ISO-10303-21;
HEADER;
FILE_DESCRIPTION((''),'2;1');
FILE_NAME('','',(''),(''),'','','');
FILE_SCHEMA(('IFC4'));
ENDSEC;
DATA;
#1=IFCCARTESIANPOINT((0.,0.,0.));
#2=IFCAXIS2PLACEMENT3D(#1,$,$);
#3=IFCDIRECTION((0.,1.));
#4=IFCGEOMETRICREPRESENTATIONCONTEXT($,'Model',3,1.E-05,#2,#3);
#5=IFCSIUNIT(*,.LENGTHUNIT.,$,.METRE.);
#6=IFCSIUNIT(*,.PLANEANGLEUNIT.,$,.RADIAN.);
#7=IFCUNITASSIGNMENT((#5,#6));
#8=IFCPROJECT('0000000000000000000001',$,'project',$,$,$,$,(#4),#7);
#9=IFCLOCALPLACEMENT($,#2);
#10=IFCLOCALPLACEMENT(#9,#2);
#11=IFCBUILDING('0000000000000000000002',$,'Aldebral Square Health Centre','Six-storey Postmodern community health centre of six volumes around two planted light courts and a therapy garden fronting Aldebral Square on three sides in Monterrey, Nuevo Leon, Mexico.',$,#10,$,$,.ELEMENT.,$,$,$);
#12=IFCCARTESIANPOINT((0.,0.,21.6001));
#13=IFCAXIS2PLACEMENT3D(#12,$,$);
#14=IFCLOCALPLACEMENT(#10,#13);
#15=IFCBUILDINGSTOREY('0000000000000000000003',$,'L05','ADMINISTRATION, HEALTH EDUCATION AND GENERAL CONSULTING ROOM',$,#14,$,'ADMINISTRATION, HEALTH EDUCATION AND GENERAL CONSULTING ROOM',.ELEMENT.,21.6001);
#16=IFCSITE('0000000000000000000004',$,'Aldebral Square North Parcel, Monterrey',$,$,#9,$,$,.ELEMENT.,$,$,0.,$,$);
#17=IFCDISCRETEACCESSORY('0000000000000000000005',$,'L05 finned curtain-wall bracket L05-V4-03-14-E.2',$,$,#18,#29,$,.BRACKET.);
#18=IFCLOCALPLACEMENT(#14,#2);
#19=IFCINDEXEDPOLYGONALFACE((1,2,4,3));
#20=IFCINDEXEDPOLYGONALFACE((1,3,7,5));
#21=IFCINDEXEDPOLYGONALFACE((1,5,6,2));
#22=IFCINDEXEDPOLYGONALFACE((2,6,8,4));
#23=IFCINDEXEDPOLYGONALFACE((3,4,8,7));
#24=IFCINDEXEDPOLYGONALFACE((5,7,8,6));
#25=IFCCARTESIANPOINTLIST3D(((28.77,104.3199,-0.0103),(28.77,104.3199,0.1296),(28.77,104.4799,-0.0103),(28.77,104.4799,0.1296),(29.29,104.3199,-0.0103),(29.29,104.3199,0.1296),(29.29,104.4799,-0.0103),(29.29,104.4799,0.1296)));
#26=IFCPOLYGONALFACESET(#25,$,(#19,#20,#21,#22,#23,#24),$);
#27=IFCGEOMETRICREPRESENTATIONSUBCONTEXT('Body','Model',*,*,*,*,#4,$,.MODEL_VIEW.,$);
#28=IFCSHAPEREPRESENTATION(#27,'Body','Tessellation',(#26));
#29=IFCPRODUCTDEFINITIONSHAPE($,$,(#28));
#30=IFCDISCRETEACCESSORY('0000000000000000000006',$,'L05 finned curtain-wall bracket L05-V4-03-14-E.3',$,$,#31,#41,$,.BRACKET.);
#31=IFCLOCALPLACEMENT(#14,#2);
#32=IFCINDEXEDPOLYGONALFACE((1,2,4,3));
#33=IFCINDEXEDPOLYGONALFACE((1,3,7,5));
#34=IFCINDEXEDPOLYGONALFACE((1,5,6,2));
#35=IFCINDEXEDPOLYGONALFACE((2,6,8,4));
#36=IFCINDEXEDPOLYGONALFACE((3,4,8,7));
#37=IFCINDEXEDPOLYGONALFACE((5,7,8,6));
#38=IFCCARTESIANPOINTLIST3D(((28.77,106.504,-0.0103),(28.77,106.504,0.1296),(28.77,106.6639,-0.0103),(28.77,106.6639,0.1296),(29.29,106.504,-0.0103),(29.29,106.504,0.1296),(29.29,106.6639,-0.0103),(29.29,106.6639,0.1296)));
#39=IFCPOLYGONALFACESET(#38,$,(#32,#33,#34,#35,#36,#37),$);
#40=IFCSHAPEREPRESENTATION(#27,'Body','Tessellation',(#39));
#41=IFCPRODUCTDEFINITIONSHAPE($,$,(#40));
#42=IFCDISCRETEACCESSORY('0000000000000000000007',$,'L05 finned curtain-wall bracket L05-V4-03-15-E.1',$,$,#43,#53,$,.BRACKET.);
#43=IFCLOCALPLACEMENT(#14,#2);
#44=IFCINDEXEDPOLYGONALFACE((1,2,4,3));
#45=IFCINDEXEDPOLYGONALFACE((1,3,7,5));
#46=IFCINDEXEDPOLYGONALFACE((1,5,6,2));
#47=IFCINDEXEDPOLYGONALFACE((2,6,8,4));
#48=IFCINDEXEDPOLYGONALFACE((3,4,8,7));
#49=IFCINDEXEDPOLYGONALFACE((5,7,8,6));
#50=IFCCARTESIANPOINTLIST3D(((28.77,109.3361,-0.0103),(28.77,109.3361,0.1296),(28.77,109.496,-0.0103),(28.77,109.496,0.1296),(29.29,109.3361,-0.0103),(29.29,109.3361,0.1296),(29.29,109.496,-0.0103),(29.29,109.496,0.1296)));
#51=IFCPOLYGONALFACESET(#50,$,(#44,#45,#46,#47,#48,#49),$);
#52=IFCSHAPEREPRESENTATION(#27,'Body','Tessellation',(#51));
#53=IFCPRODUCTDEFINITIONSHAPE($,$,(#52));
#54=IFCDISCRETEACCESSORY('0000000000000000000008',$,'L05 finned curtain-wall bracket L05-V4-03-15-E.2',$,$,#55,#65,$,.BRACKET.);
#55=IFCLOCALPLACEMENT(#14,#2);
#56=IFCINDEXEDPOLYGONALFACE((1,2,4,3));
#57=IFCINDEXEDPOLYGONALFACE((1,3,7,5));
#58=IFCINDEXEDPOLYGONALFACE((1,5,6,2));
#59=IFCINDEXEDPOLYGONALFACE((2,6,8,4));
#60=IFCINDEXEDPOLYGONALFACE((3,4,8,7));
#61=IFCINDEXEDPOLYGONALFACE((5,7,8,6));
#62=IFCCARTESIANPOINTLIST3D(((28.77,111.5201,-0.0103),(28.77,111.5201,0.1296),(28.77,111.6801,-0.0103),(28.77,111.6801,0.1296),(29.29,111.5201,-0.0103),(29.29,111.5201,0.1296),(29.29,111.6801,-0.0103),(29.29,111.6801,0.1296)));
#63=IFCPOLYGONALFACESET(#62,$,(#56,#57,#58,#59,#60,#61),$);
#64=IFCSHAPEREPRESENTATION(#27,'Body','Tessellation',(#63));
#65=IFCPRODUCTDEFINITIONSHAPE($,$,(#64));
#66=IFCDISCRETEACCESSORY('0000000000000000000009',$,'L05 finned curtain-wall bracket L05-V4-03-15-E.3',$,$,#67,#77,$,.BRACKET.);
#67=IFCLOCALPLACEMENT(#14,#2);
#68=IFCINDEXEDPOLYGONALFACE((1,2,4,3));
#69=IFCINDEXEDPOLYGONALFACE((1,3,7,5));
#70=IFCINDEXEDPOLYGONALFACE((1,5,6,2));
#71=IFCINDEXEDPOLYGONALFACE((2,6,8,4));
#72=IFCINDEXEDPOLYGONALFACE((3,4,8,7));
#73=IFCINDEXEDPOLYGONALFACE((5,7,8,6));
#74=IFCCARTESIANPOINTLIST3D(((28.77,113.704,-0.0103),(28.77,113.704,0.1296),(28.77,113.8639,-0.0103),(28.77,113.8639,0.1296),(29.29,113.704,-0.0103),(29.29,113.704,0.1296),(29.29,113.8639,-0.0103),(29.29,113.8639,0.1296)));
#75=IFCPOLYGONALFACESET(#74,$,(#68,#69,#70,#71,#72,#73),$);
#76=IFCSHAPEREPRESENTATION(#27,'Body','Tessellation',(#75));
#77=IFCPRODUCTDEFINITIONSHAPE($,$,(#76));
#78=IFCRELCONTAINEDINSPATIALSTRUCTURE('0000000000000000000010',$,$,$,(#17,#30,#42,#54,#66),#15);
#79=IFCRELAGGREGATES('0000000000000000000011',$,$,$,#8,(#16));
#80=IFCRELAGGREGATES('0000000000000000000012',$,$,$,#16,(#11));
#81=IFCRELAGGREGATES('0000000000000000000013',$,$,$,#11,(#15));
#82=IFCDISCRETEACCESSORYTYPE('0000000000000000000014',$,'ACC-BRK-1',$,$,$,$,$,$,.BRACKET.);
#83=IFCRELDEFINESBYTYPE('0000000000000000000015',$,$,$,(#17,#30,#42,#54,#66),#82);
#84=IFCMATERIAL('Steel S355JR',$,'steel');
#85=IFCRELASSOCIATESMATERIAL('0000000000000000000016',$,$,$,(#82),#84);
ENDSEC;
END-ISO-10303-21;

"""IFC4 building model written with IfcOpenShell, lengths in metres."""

from ifc_helpers import new_model, si_unit, direction, frame, origin, origin_2d, place, context, subcontext, project, spatial, rectangle, extrude, material, type_object, element, save


model = new_model("IFC4")

# Units and contexts
model_context = context("Model", 3, precision=1e-05, world=origin(), true_north=direction((0.0, 1.0)))
body_context = subcontext(model_context, "Body", "Model", "MODEL_VIEW")
ifc_project = project(units=[si_unit("LENGTHUNIT", "METRE"), si_unit("PLANEANGLEUNIT", "RADIAN")], contexts=[model_context])

# Site, building, storey
site_placement = place(None, origin())
site = spatial("IfcSite", under=ifc_project, at=site_placement, Name="Aldebral Square North Parcel, Monterrey", CompositionType="ELEMENT", RefElevation=0.0)
building_placement = place(site_placement, origin())
building = spatial("IfcBuilding", under=site, at=building_placement, Name="Aldebral Square Health Centre", Description="Six-storey Postmodern community health centre of six volumes around two planted light courts and a therapy garden fronting Aldebral Square on three sides in Monterrey, Nuevo Leon, Mexico.", CompositionType="ELEMENT")
storey_placement = place(building_placement, frame((0.0, 0.0, 21.6001)))
storey = spatial("IfcBuildingStorey", under=building, at=storey_placement, Name="L05", Description="ADMINISTRATION, HEALTH EDUCATION AND GENERAL CONSULTING ROOM", LongName="ADMINISTRATION, HEALTH EDUCATION AND GENERAL CONSULTING ROOM", CompositionType="ELEMENT", Elevation=21.6001)

# Discrete accessories
ifc_material_1 = material(Name="Steel S355JR", Category="steel")
discrete_accessory_type = type_object("IfcDiscreteAccessoryType", Name="ACC-BRK-1", PredefinedType="BRACKET", material=ifc_material_1)
for number, where, z_axis, x_axis, name in (
    (1, (29.03, 104.3999, -0.0103), (0.0, 0.0, 1.0), (0.0, 1.0, 0.0), "L05 finned curtain-wall bracket L05-V4-03-14-E.2"),
    (2, (29.03, 106.584, -0.0103), (0.0, 0.0, 1.0), (0.0, 1.0, 0.0), "L05 finned curtain-wall bracket L05-V4-03-14-E.3"),
    (3, (29.03, 109.416, -0.0103), (0.0, 0.0, 1.0), (0.0, 1.0, 0.0), "L05 finned curtain-wall bracket L05-V4-03-15-E.1"),
    (4, (29.03, 111.6001, -0.0103), (0.0, 0.0, 1.0), (0.0, 1.0, 0.0), "L05 finned curtain-wall bracket L05-V4-03-15-E.2"),
    (5, (29.03, 113.7839, -0.0103), (0.0, 0.0, 1.0), (0.0, 1.0, 0.0), "L05 finned curtain-wall bracket L05-V4-03-15-E.3"),
):
    element("IfcDiscreteAccessory", number, at=place(storey_placement, frame(where, z_axis=z_axis, x_axis=x_axis)), inside=storey, type_object=discrete_accessory_type, Name=name, PredefinedType="BRACKET", context=body_context, shape_type="SweptSolid", body=[
        extrude(rectangle(XDim=0.1599, YDim=0.52, at=origin_2d()), origin(), (0.0, 0.0, 1.0), 0.1399),
    ])

save(model, "model.ifc")
